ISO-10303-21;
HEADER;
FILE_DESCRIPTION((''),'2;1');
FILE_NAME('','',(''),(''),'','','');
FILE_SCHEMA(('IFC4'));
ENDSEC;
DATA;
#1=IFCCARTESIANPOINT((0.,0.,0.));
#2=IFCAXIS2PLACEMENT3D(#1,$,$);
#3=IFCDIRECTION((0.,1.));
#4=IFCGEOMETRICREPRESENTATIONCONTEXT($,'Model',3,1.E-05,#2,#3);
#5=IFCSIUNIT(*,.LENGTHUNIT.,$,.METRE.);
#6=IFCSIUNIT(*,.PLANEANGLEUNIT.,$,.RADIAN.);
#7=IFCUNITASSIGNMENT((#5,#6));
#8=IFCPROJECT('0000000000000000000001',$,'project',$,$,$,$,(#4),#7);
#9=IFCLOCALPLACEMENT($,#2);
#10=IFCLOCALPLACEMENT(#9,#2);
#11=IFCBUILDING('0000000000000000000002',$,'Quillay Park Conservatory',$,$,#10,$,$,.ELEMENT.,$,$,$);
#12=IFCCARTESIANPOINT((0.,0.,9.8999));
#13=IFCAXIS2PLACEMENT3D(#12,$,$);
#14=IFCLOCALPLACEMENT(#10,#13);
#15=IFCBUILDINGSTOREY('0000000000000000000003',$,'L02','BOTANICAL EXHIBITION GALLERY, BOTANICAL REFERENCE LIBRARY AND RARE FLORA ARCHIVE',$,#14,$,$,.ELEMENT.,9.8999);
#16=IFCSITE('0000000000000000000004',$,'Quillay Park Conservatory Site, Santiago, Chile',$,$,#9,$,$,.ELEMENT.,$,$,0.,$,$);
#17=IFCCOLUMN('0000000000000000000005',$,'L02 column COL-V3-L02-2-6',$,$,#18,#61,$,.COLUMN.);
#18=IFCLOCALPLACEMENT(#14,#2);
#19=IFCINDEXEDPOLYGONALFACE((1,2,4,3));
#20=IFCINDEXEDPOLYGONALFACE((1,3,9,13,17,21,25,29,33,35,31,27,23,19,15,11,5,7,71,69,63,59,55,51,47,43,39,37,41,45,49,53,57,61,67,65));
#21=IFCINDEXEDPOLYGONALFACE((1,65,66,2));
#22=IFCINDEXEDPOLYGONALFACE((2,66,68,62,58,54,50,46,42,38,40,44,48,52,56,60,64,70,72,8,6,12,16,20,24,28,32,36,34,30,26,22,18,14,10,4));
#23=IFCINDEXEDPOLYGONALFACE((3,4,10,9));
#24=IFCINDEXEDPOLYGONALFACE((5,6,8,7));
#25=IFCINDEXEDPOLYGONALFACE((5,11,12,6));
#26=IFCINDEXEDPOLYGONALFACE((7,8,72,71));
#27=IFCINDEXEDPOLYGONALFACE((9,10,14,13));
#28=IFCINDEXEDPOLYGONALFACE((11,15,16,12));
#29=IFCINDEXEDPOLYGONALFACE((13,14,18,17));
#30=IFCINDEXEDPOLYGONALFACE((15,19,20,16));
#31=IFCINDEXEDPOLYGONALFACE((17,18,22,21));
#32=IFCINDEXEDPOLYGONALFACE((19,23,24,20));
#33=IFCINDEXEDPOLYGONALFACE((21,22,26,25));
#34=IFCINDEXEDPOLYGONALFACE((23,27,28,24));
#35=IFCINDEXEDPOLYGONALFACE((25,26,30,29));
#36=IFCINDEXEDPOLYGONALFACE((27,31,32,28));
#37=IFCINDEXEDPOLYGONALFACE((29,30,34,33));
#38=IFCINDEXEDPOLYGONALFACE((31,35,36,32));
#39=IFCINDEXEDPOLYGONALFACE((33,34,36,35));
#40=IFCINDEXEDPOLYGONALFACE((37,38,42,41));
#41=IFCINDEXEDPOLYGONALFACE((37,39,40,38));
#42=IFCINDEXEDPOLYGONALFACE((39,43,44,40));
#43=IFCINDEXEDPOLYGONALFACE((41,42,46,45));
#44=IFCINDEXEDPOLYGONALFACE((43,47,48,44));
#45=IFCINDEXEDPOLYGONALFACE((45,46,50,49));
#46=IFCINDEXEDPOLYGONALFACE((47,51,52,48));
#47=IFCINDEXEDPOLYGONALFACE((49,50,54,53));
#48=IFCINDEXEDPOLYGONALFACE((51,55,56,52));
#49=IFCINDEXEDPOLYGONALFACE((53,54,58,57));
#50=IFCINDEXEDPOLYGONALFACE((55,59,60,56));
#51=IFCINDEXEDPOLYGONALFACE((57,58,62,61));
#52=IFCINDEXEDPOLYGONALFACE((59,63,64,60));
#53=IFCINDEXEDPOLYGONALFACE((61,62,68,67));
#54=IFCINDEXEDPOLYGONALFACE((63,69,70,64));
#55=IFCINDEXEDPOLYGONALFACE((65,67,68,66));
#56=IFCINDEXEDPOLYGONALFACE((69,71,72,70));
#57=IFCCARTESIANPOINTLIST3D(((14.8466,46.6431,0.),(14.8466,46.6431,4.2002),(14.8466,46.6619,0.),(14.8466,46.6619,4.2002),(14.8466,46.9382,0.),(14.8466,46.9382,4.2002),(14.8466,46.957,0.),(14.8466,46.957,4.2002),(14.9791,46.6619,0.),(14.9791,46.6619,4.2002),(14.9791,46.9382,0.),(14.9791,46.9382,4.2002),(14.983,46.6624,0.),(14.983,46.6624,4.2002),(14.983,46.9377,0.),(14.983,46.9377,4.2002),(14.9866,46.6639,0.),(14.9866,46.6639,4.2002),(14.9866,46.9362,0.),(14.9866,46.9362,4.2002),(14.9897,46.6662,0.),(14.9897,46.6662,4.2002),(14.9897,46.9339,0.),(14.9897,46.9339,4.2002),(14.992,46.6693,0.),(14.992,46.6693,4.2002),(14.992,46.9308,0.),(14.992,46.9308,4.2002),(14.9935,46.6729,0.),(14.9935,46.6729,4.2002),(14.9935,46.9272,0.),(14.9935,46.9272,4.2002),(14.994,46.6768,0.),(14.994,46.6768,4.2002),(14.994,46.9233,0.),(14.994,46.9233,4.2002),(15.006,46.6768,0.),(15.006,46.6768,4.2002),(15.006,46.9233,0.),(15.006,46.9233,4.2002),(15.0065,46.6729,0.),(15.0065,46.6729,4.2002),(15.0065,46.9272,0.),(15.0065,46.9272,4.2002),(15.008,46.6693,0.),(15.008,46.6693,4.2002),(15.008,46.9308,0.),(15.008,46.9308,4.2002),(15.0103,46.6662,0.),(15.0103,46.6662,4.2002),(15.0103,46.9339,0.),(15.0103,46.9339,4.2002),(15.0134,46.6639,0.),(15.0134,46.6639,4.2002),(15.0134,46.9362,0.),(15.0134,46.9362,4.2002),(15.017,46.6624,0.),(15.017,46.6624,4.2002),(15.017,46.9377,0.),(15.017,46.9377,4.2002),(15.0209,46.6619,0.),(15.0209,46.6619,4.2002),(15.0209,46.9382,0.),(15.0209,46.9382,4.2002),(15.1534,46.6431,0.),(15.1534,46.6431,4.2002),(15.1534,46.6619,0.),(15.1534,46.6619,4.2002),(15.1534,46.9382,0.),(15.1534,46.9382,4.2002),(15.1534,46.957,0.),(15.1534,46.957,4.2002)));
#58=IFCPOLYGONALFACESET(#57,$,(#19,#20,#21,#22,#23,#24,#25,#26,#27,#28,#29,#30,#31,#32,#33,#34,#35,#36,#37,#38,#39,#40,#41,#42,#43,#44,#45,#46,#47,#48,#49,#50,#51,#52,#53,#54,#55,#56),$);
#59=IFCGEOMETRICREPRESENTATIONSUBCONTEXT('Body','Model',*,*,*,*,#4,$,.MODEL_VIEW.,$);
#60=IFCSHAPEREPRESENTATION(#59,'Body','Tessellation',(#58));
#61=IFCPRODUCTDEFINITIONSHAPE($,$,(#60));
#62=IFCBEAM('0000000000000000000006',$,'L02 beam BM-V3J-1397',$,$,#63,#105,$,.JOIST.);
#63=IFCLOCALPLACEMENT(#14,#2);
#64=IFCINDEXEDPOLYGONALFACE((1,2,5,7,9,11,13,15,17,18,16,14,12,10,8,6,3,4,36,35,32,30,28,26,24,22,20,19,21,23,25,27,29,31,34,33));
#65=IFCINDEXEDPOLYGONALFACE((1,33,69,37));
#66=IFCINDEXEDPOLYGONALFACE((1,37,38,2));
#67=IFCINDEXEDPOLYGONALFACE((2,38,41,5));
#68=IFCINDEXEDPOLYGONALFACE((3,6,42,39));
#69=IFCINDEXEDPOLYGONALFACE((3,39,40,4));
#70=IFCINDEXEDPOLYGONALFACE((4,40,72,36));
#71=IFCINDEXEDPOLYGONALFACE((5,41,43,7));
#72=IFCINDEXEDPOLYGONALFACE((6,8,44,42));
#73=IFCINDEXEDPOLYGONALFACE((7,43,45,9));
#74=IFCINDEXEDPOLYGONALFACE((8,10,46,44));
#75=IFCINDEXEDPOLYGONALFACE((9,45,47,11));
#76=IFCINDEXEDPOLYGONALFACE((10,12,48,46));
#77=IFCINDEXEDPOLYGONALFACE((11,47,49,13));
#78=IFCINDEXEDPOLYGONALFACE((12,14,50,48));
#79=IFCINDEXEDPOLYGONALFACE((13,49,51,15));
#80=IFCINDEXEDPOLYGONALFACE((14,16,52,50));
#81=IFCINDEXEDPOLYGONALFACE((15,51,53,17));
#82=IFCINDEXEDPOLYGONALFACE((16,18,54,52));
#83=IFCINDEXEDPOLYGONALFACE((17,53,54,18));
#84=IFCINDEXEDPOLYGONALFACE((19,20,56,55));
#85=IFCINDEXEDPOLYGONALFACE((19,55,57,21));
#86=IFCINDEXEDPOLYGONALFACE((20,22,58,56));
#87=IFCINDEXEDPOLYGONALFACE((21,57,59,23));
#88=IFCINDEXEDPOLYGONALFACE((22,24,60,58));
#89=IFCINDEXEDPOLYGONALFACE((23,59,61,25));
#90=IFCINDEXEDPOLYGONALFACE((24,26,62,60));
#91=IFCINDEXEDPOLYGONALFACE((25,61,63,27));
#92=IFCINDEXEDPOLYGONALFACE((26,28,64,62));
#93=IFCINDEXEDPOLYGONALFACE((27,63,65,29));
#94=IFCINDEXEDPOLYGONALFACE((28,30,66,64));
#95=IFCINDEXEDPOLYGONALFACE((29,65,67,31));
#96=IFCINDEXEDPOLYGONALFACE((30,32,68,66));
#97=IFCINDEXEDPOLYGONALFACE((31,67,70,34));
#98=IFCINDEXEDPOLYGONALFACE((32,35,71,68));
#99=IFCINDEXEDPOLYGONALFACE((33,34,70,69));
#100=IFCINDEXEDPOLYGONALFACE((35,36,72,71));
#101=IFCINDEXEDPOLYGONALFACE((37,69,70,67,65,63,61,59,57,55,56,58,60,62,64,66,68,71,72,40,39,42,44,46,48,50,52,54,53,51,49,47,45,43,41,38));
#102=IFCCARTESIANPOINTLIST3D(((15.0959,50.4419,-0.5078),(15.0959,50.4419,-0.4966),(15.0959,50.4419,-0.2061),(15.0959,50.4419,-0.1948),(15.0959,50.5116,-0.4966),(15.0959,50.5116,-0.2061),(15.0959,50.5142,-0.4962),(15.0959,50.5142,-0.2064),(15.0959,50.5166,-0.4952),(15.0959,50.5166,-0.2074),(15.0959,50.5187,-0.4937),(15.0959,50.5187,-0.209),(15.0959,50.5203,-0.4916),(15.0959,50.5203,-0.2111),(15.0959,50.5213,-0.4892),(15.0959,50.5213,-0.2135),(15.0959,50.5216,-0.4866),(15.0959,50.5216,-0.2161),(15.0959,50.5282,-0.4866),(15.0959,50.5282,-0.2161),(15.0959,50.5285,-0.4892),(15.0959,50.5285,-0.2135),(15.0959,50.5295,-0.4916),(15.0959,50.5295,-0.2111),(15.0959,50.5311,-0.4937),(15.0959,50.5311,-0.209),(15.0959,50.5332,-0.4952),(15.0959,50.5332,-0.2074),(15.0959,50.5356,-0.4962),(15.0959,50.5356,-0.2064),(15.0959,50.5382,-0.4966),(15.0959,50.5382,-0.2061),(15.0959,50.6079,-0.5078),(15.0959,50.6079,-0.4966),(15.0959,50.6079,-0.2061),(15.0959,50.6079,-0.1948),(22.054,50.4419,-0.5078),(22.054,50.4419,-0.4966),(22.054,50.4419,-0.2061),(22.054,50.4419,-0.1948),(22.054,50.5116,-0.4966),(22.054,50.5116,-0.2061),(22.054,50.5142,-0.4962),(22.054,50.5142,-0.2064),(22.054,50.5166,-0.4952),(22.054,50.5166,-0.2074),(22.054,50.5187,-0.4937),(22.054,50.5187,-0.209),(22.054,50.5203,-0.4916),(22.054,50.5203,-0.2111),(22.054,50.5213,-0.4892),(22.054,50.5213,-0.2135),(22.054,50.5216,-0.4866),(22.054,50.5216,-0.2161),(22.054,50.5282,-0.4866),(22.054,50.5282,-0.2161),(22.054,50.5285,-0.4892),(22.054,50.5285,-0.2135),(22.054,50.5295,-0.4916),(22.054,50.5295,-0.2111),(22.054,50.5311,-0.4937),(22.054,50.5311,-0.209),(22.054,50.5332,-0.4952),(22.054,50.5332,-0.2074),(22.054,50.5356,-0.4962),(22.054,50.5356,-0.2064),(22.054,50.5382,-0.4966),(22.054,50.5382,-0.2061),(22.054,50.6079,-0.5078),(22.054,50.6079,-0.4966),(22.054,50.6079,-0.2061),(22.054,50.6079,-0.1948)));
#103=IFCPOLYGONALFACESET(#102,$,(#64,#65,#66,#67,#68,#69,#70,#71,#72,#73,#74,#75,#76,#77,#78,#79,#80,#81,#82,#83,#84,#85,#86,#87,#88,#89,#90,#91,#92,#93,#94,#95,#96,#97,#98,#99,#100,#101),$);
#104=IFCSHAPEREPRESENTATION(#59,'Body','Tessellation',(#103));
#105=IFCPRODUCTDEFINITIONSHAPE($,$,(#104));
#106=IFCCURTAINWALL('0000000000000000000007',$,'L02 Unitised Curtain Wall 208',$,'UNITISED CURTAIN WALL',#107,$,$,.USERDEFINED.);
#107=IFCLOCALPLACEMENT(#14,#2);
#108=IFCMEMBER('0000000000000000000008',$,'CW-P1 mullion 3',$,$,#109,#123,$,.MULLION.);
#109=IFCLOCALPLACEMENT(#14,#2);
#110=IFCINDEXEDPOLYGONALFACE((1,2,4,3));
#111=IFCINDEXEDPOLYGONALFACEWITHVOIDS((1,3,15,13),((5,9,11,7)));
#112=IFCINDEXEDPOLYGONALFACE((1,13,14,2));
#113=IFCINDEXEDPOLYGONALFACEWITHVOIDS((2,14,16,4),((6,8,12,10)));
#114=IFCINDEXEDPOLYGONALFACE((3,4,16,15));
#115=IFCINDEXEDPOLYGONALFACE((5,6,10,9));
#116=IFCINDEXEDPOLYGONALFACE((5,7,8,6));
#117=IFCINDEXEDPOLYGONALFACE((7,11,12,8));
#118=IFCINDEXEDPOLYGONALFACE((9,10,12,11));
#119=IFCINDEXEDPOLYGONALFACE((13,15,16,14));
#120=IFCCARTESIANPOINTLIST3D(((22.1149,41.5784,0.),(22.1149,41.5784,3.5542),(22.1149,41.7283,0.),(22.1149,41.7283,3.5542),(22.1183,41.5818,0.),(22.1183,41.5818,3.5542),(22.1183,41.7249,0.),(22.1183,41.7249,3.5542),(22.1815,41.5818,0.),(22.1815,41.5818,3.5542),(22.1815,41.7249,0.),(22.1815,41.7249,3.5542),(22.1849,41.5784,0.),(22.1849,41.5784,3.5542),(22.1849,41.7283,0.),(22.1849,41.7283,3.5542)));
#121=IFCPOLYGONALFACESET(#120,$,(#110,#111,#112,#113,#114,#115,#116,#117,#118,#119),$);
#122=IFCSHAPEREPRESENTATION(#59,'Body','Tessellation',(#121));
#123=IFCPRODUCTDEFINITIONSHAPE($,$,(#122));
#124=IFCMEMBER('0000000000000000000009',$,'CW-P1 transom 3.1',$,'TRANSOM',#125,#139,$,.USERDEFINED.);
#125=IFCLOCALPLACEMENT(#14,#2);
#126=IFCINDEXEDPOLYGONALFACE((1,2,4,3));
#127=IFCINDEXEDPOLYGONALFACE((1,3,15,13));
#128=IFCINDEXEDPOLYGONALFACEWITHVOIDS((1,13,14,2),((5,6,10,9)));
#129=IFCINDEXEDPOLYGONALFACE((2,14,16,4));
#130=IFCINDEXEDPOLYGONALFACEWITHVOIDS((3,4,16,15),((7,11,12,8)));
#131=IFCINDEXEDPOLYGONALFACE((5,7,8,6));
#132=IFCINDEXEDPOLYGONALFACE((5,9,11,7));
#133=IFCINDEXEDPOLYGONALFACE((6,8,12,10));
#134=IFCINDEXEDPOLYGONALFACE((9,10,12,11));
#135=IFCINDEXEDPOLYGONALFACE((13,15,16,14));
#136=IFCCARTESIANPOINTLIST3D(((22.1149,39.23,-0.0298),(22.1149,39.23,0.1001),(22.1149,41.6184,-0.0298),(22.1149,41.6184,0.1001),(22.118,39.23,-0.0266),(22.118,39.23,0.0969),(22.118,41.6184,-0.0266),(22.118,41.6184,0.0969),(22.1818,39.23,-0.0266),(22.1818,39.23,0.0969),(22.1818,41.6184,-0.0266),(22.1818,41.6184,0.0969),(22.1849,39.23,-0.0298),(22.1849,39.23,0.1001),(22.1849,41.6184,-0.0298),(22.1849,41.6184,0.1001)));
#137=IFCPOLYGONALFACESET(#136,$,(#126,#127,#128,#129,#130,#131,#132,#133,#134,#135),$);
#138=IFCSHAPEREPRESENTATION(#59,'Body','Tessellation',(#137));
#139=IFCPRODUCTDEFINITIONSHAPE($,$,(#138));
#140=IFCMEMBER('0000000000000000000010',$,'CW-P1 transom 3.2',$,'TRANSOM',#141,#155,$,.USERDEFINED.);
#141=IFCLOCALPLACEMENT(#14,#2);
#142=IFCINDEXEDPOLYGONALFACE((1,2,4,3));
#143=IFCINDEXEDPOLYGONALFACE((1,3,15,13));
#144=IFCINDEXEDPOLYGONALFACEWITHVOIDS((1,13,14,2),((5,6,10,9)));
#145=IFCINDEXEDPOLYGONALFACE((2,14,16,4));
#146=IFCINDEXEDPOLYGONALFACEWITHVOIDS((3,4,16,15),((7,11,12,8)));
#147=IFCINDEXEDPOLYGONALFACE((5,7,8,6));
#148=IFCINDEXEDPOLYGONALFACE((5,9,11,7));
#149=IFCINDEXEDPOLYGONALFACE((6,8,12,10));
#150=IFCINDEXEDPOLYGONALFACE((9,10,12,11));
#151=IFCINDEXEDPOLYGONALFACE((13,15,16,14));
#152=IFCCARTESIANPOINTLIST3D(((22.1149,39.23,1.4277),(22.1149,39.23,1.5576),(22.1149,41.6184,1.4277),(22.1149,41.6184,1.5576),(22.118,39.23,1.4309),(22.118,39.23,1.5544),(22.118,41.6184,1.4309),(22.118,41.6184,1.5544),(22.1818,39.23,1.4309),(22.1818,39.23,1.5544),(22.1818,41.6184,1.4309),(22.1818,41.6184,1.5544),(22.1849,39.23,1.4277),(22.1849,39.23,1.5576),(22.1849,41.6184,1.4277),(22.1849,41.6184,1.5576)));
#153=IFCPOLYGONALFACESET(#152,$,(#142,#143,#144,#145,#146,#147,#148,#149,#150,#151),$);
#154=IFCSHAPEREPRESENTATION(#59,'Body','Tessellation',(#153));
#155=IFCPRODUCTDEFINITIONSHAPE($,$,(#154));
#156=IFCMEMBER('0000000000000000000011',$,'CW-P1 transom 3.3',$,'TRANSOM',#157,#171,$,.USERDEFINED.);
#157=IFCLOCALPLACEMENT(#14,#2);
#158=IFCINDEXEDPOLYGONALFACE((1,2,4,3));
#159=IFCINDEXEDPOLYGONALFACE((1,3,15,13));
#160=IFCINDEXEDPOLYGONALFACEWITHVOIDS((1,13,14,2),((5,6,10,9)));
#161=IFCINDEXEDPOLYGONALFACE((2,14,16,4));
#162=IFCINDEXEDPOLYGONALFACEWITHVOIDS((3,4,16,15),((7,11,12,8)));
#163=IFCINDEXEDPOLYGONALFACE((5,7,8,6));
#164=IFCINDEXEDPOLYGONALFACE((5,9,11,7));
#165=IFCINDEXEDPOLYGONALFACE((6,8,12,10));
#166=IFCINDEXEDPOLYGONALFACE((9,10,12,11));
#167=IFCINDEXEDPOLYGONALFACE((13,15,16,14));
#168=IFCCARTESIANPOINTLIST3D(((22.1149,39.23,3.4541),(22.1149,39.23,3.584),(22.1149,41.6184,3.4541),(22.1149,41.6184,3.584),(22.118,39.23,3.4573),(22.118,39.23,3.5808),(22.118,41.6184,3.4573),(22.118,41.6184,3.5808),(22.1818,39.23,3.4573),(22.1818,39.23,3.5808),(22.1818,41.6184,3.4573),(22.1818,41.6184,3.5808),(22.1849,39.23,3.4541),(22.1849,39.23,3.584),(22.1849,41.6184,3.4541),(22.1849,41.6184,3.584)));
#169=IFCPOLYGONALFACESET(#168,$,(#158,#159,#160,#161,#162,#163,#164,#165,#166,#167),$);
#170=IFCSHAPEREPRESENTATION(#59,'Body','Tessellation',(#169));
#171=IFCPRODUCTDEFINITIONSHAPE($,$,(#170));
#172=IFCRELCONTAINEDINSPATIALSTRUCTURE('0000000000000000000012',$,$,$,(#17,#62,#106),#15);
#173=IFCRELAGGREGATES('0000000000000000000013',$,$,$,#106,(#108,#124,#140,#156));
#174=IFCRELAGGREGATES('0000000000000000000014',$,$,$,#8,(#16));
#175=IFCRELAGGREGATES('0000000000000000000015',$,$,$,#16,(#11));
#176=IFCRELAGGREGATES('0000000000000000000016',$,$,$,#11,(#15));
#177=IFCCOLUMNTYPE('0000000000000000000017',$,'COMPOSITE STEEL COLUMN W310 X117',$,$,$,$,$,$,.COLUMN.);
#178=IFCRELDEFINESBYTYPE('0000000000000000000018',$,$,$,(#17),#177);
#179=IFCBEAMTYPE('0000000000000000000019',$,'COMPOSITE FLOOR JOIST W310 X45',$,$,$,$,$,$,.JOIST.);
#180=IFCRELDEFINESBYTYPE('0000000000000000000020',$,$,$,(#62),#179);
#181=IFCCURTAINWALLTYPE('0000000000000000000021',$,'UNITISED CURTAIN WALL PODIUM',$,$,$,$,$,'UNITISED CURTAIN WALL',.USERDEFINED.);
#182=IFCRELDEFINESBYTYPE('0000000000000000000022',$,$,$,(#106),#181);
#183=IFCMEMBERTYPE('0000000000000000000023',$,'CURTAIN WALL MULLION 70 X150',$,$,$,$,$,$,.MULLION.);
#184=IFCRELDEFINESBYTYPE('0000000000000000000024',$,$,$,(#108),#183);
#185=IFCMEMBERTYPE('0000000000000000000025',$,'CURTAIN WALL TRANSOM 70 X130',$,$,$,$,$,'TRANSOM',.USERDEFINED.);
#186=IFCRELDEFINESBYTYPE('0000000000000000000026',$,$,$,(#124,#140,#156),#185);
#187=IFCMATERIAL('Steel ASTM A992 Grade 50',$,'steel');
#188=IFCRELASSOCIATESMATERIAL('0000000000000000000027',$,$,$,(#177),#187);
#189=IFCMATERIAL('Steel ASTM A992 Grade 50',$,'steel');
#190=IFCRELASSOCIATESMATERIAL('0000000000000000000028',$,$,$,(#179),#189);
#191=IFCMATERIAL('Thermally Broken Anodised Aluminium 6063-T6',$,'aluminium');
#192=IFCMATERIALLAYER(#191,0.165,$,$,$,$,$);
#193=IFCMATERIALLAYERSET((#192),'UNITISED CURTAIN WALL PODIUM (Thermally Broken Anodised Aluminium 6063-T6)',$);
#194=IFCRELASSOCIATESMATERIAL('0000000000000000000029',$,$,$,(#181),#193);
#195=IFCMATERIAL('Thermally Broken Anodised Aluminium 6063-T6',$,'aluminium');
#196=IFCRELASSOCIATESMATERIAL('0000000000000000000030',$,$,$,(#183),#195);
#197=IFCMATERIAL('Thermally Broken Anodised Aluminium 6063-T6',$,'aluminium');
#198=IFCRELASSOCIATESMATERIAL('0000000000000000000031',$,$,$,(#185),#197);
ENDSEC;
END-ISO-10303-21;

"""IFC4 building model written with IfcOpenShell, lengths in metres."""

from ifc_helpers import new_model, si_unit, direction, frame, origin, origin_2d, place, context, subcontext, project, spatial, hollow_rectangle, i_section, extrude, material, layer, layer_set, material_profile, profile_set, type_object, element, aggregate, save


model = new_model("IFC4")

# Units and contexts
model_context = context("Model", 3, precision=1e-05, world=origin(), true_north=direction((0.0, 1.0)))
body_context = subcontext(model_context, "Body", "Model", "MODEL_VIEW")
ifc_project = project(units=[si_unit("LENGTHUNIT", "METRE"), si_unit("PLANEANGLEUNIT", "RADIAN")], contexts=[model_context])

# Site, building, storey
site_placement = place(None, origin())
site = spatial("IfcSite", under=ifc_project, at=site_placement, Name="Quillay Park Conservatory Site, Santiago, Chile", CompositionType="ELEMENT", RefElevation=0.0)
building_placement = place(site_placement, origin())
building = spatial("IfcBuilding", under=site, at=building_placement, Name="Quillay Park Conservatory", CompositionType="ELEMENT")
storey_placement = place(building_placement, frame((0.0, 0.0, 9.8999)))
storey = spatial("IfcBuildingStorey", under=building, at=storey_placement, Name="L02", Description="BOTANICAL EXHIBITION GALLERY, BOTANICAL REFERENCE LIBRARY AND RARE FLORA ARCHIVE", CompositionType="ELEMENT", Elevation=9.8999)

# Column
ifc_material_1 = material(Name="Steel ASTM A992 Grade 50", Category="steel")
ifc_material_profile_1 = material_profile(ifc_material_1, i_section(OverallWidth=0.3069, OverallDepth=0.314, WebThickness=0.012, FlangeThickness=0.0188, FilletRadius=0.0149, at=origin_2d()), Name="W310x117")
ifc_profile_set_1 = profile_set([ifc_material_profile_1], Name="Steel ASTM A992 Grade 50")
column_type = type_object("IfcColumnType", Name="COMPOSITE STEEL COLUMN W310 X117", PredefinedType="COLUMN", material=ifc_profile_set_1)
column_placement = place(storey_placement, frame((15.0, 46.8, 0.0), z_axis=(0.0, 0.0, 1.0), x_axis=(1.0, 0.0, 0.0)))
element("IfcColumn", 1, at=column_placement, inside=storey, type_object=column_type, Name="L02 column COL-V3-L02-2-6", PredefinedType="COLUMN", context=body_context, shape_type="SweptSolid", body=[
    extrude(i_section(OverallWidth=0.3069, OverallDepth=0.314, WebThickness=0.012, FlangeThickness=0.0188, FilletRadius=0.0149, at=origin_2d()), origin(), (0.0, 0.0, 1.0), 4.2002),
])

# Beam
ifc_material_2 = material(Name="Steel ASTM A992 Grade 50", Category="steel")
ifc_material_profile_2 = material_profile(ifc_material_2, i_section(OverallWidth=0.166, OverallDepth=0.313, WebThickness=0.0066, FlangeThickness=0.0112, FilletRadius=0.01, at=origin_2d()), Name="W310x45")
ifc_profile_set_2 = profile_set([ifc_material_profile_2], Name="Steel ASTM A992 Grade 50")
beam_type_1 = type_object("IfcBeamType", Name="COMPOSITE FLOOR JOIST W310 X45", PredefinedType="JOIST", material=ifc_profile_set_2)
beam_1_placement = place(storey_placement, frame((15.0959, 50.5249, -0.3513), z_axis=(1.0, 0.0, 0.0), x_axis=(0.0, 1.0, 0.0)))
element("IfcBeam", 2, at=beam_1_placement, inside=storey, type_object=beam_type_1, Name="L02 beam BM-V3J-1397", PredefinedType="JOIST", context=body_context, shape_type="SweptSolid", body=[
    extrude(i_section(OverallWidth=0.166, OverallDepth=0.313, WebThickness=0.0066, FlangeThickness=0.0112, FilletRadius=0.01, at=origin_2d()), origin(), (0.0, 0.0, 1.0), 6.958),
])

# Curtain wall, members
ifc_material_3 = material(Name="Thermally Broken Anodised Aluminium 6063-T6", Category="aluminium")
ifc_layer_1 = layer(ifc_material_3, 0.165)
ifc_layer_set_1 = layer_set([ifc_layer_1], Name="UNITISED CURTAIN WALL PODIUM (Thermally Broken Anodised Aluminium 6063-T6)")
curtain_wall_type = type_object("IfcCurtainWallType", Name="UNITISED CURTAIN WALL PODIUM", ElementType="UNITISED CURTAIN WALL", PredefinedType="USERDEFINED", material=ifc_layer_set_1)
curtain_wall_placement = place(storey_placement, origin())
curtain_wall = element("IfcCurtainWall", 3, at=curtain_wall_placement, inside=storey, type_object=curtain_wall_type, Name="L02 Unitised Curtain Wall 208", ObjectType="UNITISED CURTAIN WALL", PredefinedType="USERDEFINED")
ifc_material_4 = material(Name="Thermally Broken Anodised Aluminium 6063-T6", Category="aluminium")
ifc_material_profile_3 = material_profile(ifc_material_4, hollow_rectangle(XDim=0.0701, YDim=0.1499, WallThickness=0.0034, at=origin_2d()), Name="AL70x150x3.5")
ifc_profile_set_3 = profile_set([ifc_material_profile_3], Name="Thermally Broken Anodised Aluminium 6063-T6")
member_type_1 = type_object("IfcMemberType", Name="CURTAIN WALL MULLION 70 X150", PredefinedType="MULLION", material=ifc_profile_set_3)
member_1_placement = place(storey_placement, frame((22.1499, 41.6533, 0.0), z_axis=(0.0, 0.0, 1.0), x_axis=(1.0, 0.0, 0.0)))
member_1 = element("IfcMember", 4, at=member_1_placement, type_object=member_type_1, Name="CW-P1 mullion 3", PredefinedType="MULLION", context=body_context, shape_type="SweptSolid", body=[
    extrude(hollow_rectangle(XDim=0.0701, YDim=0.1499, WallThickness=0.0034, at=origin_2d()), origin(), (0.0, 0.0, 1.0), 3.5542),
])
ifc_material_5 = material(Name="Thermally Broken Anodised Aluminium 6063-T6", Category="aluminium")
ifc_material_profile_4 = material_profile(ifc_material_5, hollow_rectangle(XDim=0.0701, YDim=0.1299, WallThickness=0.0032, at=origin_2d()), Name="AL70x130x3.2")
ifc_profile_set_4 = profile_set([ifc_material_profile_4], Name="Thermally Broken Anodised Aluminium 6063-T6")
member_type_2 = type_object("IfcMemberType", Name="CURTAIN WALL TRANSOM 70 X130", ElementType="TRANSOM", PredefinedType="USERDEFINED", material=ifc_profile_set_4)
member_2_placement = place(storey_placement, frame((22.1499, 41.6184, 0.0352), z_axis=(0.0, -1.0, 0.0), x_axis=(1.0, 0.0, 0.0)))
member_2 = element("IfcMember", 5, at=member_2_placement, type_object=member_type_2, Name="CW-P1 transom 3.1", ObjectType="TRANSOM", PredefinedType="USERDEFINED", context=body_context, shape_type="SweptSolid", body=[
    extrude(hollow_rectangle(XDim=0.0701, YDim=0.1299, WallThickness=0.0032, at=origin_2d()), origin(), (0.0, 0.0, 1.0), 2.3884),
])
member_3_placement = place(storey_placement, frame((22.1499, 41.6184, 1.4927), z_axis=(0.0, -1.0, 0.0), x_axis=(1.0, 0.0, 0.0)))
member_3 = element("IfcMember", 6, at=member_3_placement, type_object=member_type_2, Name="CW-P1 transom 3.2", ObjectType="TRANSOM", PredefinedType="USERDEFINED", context=body_context, shape_type="SweptSolid", body=[
    extrude(hollow_rectangle(XDim=0.0701, YDim=0.1299, WallThickness=0.0032, at=origin_2d()), origin(), (0.0, 0.0, 1.0), 2.3884),
])
member_4_placement = place(storey_placement, frame((22.1499, 41.6184, 3.519), z_axis=(0.0, -1.0, 0.0), x_axis=(1.0, 0.0, 0.0)))
member_4 = element("IfcMember", 7, at=member_4_placement, type_object=member_type_2, Name="CW-P1 transom 3.3", ObjectType="TRANSOM", PredefinedType="USERDEFINED", context=body_context, shape_type="SweptSolid", body=[
    extrude(hollow_rectangle(XDim=0.0701, YDim=0.1299, WallThickness=0.0032, at=origin_2d()), origin(), (0.0, 0.0, 1.0), 2.3884),
])
aggregate(curtain_wall, [member_1, member_2, member_3, member_4])

save(model, "model.ifc")
